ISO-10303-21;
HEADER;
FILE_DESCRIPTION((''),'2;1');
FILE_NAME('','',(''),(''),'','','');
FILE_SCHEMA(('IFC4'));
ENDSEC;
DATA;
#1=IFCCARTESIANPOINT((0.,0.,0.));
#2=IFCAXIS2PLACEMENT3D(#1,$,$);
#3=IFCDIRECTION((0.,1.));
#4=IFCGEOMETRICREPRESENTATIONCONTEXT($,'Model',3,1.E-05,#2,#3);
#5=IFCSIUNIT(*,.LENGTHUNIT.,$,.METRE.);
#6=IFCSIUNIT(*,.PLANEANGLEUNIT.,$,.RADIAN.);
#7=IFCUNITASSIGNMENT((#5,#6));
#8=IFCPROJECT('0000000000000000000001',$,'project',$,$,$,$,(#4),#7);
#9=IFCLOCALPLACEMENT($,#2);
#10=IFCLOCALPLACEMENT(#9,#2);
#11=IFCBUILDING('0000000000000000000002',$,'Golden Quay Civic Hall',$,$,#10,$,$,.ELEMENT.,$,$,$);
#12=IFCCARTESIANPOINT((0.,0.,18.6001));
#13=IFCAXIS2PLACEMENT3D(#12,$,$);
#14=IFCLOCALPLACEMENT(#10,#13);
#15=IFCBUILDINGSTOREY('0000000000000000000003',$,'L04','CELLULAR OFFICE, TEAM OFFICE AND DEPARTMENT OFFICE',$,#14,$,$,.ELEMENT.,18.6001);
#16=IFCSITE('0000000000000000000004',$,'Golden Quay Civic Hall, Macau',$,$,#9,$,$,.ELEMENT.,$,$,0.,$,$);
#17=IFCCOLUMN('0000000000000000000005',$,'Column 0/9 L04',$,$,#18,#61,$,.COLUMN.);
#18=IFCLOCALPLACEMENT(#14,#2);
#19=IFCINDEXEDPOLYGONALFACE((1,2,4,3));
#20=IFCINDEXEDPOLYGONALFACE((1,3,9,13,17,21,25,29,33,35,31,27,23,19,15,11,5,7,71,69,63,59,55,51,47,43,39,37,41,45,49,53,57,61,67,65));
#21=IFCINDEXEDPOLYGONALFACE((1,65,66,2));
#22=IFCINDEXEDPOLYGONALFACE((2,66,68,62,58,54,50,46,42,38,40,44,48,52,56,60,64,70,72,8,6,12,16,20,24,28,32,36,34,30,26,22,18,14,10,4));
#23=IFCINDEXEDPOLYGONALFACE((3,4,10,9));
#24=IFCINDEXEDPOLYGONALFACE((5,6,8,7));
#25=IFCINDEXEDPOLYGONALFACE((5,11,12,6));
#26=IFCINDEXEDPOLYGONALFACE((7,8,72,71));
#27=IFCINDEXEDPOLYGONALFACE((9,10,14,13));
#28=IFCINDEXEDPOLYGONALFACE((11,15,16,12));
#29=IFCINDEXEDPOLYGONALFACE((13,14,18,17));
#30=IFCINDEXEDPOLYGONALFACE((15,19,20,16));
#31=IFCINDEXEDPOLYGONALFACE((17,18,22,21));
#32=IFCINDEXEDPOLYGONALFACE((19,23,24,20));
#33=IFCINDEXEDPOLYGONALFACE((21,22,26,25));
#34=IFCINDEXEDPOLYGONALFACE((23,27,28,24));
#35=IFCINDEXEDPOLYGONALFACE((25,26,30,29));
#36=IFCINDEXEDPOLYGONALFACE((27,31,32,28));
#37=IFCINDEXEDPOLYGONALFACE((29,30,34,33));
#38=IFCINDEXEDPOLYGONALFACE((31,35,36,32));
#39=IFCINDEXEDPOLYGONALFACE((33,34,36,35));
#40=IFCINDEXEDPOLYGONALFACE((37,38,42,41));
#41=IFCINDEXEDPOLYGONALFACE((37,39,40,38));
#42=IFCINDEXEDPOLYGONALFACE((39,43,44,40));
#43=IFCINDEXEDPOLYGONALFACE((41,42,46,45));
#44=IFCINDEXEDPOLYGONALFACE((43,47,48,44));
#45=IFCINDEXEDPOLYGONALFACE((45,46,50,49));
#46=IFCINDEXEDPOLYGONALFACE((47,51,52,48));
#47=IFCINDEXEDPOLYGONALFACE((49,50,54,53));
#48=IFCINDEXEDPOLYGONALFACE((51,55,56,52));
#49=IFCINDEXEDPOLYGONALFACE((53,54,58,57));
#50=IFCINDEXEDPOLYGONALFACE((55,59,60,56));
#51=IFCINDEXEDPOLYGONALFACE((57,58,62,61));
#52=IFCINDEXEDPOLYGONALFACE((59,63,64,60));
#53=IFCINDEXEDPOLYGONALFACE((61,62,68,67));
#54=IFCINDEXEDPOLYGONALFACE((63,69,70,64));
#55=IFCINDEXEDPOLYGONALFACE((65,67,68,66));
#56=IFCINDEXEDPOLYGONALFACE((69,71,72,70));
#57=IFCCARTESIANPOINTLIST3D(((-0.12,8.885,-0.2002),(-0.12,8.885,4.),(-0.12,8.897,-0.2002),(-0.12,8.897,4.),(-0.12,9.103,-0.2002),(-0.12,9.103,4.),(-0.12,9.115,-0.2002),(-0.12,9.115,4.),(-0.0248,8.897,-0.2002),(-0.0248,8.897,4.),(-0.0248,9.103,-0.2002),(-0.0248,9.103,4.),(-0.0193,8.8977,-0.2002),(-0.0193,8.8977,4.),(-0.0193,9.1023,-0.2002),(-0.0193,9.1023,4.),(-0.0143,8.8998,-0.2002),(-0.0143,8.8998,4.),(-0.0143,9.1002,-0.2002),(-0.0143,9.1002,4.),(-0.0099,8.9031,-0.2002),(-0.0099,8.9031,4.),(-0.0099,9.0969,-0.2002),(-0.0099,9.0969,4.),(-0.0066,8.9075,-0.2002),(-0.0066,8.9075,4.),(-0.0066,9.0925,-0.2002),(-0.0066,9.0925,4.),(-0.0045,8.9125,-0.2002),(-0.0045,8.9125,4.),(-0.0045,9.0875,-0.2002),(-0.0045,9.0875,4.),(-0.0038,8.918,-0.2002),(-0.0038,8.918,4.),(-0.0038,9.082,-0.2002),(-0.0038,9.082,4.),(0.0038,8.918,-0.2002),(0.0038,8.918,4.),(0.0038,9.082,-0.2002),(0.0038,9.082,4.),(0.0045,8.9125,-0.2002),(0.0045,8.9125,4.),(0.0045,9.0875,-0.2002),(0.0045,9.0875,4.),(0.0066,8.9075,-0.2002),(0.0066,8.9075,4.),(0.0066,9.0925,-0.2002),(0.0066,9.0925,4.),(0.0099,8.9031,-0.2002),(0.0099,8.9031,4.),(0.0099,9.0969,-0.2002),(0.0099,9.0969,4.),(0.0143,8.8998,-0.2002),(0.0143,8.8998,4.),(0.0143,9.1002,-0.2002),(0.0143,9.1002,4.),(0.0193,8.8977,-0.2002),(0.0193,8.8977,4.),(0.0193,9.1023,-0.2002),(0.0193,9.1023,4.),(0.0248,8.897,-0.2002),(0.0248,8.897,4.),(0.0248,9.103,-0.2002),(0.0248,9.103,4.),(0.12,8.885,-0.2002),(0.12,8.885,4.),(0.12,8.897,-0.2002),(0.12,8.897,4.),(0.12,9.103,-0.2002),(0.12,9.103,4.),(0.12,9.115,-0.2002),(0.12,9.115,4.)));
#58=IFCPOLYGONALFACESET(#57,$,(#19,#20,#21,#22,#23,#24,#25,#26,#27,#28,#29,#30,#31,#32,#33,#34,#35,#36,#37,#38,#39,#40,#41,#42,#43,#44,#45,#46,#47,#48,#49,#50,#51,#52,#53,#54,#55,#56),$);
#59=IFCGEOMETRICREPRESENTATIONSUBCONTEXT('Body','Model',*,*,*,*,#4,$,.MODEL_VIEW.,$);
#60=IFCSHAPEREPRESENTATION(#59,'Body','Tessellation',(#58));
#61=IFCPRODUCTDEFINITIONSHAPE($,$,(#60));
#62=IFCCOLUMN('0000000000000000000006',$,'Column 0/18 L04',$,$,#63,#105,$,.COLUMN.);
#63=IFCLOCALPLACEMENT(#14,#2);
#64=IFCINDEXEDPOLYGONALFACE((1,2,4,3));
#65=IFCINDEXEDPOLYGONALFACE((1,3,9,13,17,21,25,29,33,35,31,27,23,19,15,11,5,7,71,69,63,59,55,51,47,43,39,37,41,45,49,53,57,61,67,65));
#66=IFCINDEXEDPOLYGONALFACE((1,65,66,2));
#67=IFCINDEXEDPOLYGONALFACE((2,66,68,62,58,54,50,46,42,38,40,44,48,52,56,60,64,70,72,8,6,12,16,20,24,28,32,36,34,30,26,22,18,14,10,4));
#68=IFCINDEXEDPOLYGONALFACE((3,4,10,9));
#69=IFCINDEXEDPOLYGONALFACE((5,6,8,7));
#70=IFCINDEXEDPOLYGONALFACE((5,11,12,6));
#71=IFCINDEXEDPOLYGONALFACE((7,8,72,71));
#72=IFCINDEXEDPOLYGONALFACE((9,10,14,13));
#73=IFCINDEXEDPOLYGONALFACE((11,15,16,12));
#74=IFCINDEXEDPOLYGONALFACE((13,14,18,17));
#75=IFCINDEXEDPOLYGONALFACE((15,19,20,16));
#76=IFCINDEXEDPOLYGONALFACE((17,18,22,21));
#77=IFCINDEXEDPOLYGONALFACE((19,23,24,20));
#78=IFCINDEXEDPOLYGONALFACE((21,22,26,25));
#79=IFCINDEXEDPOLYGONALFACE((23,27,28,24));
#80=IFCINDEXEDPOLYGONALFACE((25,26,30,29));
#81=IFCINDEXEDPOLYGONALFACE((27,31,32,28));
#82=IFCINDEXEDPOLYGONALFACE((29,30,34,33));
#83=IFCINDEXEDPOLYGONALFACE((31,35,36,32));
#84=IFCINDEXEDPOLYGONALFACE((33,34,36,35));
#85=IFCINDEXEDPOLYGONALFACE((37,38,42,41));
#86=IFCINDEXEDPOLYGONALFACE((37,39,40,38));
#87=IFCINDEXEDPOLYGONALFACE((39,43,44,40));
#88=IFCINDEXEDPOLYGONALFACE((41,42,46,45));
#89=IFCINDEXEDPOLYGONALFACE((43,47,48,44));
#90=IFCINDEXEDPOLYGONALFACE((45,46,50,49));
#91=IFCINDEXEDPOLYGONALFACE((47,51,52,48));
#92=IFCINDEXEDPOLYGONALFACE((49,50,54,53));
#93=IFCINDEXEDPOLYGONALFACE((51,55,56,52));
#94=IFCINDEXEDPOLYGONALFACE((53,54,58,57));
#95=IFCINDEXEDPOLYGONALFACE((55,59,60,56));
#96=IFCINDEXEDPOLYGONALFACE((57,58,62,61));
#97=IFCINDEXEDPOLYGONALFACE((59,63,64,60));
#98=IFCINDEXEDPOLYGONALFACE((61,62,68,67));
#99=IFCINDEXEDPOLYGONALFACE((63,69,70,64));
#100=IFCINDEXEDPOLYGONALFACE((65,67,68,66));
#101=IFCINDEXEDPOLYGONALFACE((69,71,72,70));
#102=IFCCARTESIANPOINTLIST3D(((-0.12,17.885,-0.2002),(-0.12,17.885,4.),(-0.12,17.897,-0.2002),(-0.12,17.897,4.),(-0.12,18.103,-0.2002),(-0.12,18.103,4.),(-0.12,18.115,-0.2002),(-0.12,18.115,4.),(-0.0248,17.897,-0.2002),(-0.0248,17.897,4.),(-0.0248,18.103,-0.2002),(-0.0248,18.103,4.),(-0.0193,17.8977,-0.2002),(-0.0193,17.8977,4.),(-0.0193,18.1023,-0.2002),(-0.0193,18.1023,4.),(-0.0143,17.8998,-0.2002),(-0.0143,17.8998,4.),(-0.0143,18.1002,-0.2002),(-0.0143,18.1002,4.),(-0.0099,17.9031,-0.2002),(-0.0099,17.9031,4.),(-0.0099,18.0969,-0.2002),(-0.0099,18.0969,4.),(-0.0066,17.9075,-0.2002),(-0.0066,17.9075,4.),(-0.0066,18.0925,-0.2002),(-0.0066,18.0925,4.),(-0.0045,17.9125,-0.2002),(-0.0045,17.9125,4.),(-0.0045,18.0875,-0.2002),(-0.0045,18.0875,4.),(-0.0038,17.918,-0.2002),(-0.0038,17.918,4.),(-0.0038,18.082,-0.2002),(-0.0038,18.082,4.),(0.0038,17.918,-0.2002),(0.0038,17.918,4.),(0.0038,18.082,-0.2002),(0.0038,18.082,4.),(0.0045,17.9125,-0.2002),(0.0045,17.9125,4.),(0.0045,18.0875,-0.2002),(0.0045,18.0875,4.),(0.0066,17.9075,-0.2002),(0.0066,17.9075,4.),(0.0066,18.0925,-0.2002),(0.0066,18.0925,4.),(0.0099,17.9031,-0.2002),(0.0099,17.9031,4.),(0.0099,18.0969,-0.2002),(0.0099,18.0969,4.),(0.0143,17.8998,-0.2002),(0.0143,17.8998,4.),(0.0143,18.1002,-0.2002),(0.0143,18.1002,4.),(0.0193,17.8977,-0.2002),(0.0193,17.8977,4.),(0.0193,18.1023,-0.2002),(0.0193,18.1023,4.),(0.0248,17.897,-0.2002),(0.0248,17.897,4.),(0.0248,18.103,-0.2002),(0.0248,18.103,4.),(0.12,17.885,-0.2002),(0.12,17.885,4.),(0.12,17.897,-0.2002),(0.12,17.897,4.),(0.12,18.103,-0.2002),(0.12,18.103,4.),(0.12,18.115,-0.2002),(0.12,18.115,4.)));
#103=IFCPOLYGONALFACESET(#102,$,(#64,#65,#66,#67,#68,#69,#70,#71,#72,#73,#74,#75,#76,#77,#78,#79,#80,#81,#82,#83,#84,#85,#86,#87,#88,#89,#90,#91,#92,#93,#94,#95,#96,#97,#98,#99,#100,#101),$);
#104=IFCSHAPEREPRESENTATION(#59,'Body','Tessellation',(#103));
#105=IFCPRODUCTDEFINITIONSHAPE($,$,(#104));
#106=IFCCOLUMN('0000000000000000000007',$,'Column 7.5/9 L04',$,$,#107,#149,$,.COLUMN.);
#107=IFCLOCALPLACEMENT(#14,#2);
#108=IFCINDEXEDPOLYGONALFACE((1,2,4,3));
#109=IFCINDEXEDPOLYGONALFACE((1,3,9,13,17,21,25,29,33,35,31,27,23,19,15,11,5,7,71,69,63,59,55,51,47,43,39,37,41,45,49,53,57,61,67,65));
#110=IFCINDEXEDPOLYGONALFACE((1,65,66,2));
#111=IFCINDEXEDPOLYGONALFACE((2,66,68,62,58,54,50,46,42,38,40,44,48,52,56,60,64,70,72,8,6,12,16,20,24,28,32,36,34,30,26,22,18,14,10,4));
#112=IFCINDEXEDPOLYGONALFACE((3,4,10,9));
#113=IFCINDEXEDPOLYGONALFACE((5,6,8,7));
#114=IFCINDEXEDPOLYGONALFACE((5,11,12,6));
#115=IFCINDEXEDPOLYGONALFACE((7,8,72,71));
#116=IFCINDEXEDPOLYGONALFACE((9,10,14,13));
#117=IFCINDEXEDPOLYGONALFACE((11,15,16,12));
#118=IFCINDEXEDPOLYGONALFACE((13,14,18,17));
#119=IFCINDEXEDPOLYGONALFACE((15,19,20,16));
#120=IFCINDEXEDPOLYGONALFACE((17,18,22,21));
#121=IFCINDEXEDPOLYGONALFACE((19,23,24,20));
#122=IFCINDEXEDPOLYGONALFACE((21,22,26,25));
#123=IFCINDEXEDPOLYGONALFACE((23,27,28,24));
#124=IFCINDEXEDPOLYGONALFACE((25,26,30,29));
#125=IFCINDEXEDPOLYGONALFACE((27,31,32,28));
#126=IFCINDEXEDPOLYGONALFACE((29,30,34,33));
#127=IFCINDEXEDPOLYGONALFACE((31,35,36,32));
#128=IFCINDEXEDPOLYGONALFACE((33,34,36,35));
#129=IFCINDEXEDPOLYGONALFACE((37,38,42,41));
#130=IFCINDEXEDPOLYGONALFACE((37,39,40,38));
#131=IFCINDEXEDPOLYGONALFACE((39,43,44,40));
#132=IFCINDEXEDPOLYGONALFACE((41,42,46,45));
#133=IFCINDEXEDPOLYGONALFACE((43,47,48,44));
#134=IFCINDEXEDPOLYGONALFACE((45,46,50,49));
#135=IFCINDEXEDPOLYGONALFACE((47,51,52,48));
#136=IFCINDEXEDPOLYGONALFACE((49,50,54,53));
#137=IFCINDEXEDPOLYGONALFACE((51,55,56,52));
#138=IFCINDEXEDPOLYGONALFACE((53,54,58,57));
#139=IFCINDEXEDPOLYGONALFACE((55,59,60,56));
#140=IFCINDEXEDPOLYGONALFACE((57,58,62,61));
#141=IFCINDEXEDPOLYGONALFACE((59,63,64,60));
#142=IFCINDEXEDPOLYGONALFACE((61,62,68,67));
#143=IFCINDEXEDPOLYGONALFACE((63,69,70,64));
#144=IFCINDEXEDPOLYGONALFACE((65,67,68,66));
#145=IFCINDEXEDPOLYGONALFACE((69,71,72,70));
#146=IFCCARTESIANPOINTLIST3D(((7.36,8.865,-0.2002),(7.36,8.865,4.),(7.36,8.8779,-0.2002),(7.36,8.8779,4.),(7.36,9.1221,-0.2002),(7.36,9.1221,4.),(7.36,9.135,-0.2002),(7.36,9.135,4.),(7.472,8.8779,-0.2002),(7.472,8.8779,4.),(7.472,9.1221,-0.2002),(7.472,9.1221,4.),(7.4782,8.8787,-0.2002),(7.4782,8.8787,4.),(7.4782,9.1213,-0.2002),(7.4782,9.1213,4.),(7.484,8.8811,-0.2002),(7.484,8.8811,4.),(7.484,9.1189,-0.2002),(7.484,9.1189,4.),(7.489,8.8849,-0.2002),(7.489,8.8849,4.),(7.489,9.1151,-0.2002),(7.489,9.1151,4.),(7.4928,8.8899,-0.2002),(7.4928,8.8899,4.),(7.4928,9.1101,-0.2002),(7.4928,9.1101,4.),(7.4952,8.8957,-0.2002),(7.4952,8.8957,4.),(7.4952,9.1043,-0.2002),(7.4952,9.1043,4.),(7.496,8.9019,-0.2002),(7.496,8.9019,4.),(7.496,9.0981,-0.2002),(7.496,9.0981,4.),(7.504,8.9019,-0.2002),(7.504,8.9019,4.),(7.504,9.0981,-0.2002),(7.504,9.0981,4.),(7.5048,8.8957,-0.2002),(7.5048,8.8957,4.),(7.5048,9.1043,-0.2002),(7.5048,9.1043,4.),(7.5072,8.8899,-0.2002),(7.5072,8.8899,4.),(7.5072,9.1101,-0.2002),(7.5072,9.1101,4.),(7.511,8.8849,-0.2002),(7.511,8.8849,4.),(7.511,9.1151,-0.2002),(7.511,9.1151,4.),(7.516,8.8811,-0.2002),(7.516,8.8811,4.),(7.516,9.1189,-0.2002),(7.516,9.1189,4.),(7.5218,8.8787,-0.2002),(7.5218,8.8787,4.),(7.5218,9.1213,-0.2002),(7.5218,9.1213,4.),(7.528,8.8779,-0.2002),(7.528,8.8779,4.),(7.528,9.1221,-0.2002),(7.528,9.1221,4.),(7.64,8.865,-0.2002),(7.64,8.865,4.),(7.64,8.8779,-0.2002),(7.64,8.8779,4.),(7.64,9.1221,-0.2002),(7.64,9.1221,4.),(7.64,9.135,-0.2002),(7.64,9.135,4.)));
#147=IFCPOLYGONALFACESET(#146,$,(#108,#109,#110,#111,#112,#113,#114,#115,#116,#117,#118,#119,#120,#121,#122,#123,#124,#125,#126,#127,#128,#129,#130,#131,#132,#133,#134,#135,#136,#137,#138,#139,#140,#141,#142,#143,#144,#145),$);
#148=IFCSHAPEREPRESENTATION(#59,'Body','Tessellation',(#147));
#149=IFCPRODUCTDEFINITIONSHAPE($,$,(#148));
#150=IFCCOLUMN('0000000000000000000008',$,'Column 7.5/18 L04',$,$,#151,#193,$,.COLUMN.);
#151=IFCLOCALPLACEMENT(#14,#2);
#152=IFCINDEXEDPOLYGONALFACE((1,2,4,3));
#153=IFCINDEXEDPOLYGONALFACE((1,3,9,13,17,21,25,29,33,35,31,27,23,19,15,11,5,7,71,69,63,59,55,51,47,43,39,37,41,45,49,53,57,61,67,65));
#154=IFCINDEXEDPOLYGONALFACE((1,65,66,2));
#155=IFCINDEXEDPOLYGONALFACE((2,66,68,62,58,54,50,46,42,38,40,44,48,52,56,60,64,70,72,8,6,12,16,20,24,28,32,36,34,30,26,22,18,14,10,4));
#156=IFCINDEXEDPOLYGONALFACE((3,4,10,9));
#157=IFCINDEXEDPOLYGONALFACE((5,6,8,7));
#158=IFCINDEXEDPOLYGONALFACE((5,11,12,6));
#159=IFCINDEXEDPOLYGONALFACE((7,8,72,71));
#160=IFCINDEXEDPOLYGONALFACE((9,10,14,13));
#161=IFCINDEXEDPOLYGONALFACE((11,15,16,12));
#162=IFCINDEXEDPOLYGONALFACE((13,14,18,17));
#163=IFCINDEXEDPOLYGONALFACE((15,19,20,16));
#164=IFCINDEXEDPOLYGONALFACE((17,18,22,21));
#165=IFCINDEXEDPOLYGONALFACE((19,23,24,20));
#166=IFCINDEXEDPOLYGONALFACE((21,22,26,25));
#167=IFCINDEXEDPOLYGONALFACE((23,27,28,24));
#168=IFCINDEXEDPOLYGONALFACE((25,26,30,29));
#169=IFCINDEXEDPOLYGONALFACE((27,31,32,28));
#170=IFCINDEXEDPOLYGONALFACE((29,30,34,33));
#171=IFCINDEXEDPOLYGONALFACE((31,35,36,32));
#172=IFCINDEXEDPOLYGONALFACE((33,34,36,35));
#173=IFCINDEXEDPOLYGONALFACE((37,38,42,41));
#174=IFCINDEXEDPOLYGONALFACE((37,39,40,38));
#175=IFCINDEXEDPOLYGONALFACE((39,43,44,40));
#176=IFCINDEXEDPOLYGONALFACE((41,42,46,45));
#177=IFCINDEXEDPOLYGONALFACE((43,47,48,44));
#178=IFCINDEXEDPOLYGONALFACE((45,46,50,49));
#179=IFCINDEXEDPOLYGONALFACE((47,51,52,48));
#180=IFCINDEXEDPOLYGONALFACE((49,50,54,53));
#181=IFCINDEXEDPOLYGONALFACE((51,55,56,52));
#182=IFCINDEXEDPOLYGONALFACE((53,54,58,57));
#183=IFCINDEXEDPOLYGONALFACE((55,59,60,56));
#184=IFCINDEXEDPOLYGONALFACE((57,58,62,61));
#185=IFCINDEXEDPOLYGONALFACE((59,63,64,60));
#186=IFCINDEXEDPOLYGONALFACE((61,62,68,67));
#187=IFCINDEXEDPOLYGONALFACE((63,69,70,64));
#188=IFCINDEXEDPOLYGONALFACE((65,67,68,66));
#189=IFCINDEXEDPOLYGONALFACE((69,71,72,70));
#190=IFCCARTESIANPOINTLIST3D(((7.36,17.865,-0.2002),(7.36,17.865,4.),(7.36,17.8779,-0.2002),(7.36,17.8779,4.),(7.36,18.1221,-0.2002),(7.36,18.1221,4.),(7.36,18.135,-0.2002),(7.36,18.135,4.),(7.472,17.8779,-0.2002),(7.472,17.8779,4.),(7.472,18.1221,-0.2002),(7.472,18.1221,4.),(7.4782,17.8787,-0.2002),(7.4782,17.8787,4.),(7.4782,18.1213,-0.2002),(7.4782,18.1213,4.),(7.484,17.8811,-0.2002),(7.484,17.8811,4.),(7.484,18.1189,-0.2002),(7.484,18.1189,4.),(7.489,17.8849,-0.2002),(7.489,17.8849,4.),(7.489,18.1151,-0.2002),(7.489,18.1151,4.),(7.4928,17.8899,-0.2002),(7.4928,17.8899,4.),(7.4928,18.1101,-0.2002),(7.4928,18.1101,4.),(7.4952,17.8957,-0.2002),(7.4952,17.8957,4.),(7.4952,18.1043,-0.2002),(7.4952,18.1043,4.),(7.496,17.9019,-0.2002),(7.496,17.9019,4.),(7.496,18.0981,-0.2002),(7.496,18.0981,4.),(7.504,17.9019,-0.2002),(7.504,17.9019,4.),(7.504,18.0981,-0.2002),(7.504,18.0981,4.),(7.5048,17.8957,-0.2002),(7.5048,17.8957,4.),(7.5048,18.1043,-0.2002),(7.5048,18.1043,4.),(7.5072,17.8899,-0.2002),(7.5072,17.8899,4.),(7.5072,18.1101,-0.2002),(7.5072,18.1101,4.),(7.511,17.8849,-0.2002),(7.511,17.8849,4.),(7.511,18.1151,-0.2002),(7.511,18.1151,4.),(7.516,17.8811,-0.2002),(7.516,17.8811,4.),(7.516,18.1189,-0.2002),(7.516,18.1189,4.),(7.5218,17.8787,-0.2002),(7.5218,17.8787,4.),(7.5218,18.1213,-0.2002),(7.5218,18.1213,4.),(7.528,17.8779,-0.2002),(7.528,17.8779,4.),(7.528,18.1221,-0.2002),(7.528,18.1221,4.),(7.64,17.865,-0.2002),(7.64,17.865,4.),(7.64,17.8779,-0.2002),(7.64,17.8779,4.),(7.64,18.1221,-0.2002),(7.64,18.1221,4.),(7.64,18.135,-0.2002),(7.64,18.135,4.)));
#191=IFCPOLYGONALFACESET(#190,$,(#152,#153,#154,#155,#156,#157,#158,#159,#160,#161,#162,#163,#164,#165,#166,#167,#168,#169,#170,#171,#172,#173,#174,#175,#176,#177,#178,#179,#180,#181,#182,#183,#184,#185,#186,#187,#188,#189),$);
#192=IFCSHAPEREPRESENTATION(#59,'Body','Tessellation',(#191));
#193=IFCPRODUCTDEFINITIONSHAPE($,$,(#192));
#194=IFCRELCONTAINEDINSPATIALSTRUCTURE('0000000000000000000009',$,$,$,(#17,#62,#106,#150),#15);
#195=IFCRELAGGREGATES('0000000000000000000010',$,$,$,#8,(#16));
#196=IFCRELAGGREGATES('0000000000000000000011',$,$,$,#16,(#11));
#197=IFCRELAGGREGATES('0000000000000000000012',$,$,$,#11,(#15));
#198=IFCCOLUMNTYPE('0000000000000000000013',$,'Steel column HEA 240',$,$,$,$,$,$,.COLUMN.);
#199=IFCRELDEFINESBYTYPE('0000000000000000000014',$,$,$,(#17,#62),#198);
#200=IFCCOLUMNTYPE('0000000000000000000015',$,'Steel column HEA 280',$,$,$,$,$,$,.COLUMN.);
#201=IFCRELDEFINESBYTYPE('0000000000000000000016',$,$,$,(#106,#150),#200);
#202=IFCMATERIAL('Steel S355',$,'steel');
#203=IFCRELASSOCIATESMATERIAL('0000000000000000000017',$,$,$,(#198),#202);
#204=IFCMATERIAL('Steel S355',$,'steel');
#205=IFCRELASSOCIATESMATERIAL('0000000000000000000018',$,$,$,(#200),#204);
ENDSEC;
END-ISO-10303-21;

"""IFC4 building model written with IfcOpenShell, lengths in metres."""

from ifc_helpers import new_model, si_unit, direction, frame, origin, origin_2d, place, context, subcontext, project, spatial, i_section, extrude, material, material_profile, profile_set, type_object, element, save


model = new_model("IFC4")

# Units and contexts
model_context = context("Model", 3, precision=1e-05, world=origin(), true_north=direction((0.0, 1.0)))
body_context = subcontext(model_context, "Body", "Model", "MODEL_VIEW")
ifc_project = project(units=[si_unit("LENGTHUNIT", "METRE"), si_unit("PLANEANGLEUNIT", "RADIAN")], contexts=[model_context])

# Site, building, storey
site_placement = place(None, origin())
site = spatial("IfcSite", under=ifc_project, at=site_placement, Name="Golden Quay Civic Hall, Macau", CompositionType="ELEMENT", RefElevation=0.0)
building_placement = place(site_placement, origin())
building = spatial("IfcBuilding", under=site, at=building_placement, Name="Golden Quay Civic Hall", CompositionType="ELEMENT")
storey_placement = place(building_placement, frame((0.0, 0.0, 18.6001)))
storey = spatial("IfcBuildingStorey", under=building, at=storey_placement, Name="L04", Description="CELLULAR OFFICE, TEAM OFFICE AND DEPARTMENT OFFICE", CompositionType="ELEMENT", Elevation=18.6001)

# Columns
ifc_material_1 = material(Name="Steel S355", Category="steel")
ifc_material_profile_1 = material_profile(ifc_material_1, i_section(OverallWidth=0.24, OverallDepth=0.23, WebThickness=0.0076, FlangeThickness=0.012, FilletRadius=0.021, at=origin_2d()), Name="HEA 240")
ifc_profile_set_1 = profile_set([ifc_material_profile_1], Name="Steel S355")
column_type_1 = type_object("IfcColumnType", Name="Steel column HEA 240", PredefinedType="COLUMN", material=ifc_profile_set_1)
for number, where, z_axis, x_axis, name in (
    (1, (0.0, 9.0, -0.2002), (0.0, 0.0, 1.0), (1.0, 0.0, 0.0), "Column 0/9 L04"),
    (2, (0.0, 18.0, -0.2002), (0.0, 0.0, 1.0), (1.0, 0.0, 0.0), "Column 0/18 L04"),
):
    element("IfcColumn", number, at=place(storey_placement, frame(where, z_axis=z_axis, x_axis=x_axis)), inside=storey, type_object=column_type_1, Name=name, PredefinedType="COLUMN", context=body_context, shape_type="SweptSolid", body=[
        extrude(i_section(OverallWidth=0.24, OverallDepth=0.23, WebThickness=0.0076, FlangeThickness=0.012, FilletRadius=0.021, at=origin_2d()), origin(), (0.0, 0.0, 1.0), 4.2002),
    ])
ifc_material_2 = material(Name="Steel S355", Category="steel")
ifc_material_profile_2 = material_profile(ifc_material_2, i_section(OverallWidth=0.28, OverallDepth=0.27, WebThickness=0.0081, FlangeThickness=0.0129, FilletRadius=0.0239, at=origin_2d()), Name="HEA 280")
ifc_profile_set_2 = profile_set([ifc_material_profile_2], Name="Steel S355")
column_type_2 = type_object("IfcColumnType", Name="Steel column HEA 280", PredefinedType="COLUMN", material=ifc_profile_set_2)
for number, where, z_axis, x_axis, name in (
    (3, (7.5, 9.0, -0.2002), (0.0, 0.0, 1.0), (1.0, 0.0, 0.0), "Column 7.5/9 L04"),
    (4, (7.5, 18.0, -0.2002), (0.0, 0.0, 1.0), (1.0, 0.0, 0.0), "Column 7.5/18 L04"),
):
    element("IfcColumn", number, at=place(storey_placement, frame(where, z_axis=z_axis, x_axis=x_axis)), inside=storey, type_object=column_type_2, Name=name, PredefinedType="COLUMN", context=body_context, shape_type="SweptSolid", body=[
        extrude(i_section(OverallWidth=0.28, OverallDepth=0.27, WebThickness=0.0081, FlangeThickness=0.0129, FilletRadius=0.0239, at=origin_2d()), origin(), (0.0, 0.0, 1.0), 4.2002),
    ])

save(model, "model.ifc")
